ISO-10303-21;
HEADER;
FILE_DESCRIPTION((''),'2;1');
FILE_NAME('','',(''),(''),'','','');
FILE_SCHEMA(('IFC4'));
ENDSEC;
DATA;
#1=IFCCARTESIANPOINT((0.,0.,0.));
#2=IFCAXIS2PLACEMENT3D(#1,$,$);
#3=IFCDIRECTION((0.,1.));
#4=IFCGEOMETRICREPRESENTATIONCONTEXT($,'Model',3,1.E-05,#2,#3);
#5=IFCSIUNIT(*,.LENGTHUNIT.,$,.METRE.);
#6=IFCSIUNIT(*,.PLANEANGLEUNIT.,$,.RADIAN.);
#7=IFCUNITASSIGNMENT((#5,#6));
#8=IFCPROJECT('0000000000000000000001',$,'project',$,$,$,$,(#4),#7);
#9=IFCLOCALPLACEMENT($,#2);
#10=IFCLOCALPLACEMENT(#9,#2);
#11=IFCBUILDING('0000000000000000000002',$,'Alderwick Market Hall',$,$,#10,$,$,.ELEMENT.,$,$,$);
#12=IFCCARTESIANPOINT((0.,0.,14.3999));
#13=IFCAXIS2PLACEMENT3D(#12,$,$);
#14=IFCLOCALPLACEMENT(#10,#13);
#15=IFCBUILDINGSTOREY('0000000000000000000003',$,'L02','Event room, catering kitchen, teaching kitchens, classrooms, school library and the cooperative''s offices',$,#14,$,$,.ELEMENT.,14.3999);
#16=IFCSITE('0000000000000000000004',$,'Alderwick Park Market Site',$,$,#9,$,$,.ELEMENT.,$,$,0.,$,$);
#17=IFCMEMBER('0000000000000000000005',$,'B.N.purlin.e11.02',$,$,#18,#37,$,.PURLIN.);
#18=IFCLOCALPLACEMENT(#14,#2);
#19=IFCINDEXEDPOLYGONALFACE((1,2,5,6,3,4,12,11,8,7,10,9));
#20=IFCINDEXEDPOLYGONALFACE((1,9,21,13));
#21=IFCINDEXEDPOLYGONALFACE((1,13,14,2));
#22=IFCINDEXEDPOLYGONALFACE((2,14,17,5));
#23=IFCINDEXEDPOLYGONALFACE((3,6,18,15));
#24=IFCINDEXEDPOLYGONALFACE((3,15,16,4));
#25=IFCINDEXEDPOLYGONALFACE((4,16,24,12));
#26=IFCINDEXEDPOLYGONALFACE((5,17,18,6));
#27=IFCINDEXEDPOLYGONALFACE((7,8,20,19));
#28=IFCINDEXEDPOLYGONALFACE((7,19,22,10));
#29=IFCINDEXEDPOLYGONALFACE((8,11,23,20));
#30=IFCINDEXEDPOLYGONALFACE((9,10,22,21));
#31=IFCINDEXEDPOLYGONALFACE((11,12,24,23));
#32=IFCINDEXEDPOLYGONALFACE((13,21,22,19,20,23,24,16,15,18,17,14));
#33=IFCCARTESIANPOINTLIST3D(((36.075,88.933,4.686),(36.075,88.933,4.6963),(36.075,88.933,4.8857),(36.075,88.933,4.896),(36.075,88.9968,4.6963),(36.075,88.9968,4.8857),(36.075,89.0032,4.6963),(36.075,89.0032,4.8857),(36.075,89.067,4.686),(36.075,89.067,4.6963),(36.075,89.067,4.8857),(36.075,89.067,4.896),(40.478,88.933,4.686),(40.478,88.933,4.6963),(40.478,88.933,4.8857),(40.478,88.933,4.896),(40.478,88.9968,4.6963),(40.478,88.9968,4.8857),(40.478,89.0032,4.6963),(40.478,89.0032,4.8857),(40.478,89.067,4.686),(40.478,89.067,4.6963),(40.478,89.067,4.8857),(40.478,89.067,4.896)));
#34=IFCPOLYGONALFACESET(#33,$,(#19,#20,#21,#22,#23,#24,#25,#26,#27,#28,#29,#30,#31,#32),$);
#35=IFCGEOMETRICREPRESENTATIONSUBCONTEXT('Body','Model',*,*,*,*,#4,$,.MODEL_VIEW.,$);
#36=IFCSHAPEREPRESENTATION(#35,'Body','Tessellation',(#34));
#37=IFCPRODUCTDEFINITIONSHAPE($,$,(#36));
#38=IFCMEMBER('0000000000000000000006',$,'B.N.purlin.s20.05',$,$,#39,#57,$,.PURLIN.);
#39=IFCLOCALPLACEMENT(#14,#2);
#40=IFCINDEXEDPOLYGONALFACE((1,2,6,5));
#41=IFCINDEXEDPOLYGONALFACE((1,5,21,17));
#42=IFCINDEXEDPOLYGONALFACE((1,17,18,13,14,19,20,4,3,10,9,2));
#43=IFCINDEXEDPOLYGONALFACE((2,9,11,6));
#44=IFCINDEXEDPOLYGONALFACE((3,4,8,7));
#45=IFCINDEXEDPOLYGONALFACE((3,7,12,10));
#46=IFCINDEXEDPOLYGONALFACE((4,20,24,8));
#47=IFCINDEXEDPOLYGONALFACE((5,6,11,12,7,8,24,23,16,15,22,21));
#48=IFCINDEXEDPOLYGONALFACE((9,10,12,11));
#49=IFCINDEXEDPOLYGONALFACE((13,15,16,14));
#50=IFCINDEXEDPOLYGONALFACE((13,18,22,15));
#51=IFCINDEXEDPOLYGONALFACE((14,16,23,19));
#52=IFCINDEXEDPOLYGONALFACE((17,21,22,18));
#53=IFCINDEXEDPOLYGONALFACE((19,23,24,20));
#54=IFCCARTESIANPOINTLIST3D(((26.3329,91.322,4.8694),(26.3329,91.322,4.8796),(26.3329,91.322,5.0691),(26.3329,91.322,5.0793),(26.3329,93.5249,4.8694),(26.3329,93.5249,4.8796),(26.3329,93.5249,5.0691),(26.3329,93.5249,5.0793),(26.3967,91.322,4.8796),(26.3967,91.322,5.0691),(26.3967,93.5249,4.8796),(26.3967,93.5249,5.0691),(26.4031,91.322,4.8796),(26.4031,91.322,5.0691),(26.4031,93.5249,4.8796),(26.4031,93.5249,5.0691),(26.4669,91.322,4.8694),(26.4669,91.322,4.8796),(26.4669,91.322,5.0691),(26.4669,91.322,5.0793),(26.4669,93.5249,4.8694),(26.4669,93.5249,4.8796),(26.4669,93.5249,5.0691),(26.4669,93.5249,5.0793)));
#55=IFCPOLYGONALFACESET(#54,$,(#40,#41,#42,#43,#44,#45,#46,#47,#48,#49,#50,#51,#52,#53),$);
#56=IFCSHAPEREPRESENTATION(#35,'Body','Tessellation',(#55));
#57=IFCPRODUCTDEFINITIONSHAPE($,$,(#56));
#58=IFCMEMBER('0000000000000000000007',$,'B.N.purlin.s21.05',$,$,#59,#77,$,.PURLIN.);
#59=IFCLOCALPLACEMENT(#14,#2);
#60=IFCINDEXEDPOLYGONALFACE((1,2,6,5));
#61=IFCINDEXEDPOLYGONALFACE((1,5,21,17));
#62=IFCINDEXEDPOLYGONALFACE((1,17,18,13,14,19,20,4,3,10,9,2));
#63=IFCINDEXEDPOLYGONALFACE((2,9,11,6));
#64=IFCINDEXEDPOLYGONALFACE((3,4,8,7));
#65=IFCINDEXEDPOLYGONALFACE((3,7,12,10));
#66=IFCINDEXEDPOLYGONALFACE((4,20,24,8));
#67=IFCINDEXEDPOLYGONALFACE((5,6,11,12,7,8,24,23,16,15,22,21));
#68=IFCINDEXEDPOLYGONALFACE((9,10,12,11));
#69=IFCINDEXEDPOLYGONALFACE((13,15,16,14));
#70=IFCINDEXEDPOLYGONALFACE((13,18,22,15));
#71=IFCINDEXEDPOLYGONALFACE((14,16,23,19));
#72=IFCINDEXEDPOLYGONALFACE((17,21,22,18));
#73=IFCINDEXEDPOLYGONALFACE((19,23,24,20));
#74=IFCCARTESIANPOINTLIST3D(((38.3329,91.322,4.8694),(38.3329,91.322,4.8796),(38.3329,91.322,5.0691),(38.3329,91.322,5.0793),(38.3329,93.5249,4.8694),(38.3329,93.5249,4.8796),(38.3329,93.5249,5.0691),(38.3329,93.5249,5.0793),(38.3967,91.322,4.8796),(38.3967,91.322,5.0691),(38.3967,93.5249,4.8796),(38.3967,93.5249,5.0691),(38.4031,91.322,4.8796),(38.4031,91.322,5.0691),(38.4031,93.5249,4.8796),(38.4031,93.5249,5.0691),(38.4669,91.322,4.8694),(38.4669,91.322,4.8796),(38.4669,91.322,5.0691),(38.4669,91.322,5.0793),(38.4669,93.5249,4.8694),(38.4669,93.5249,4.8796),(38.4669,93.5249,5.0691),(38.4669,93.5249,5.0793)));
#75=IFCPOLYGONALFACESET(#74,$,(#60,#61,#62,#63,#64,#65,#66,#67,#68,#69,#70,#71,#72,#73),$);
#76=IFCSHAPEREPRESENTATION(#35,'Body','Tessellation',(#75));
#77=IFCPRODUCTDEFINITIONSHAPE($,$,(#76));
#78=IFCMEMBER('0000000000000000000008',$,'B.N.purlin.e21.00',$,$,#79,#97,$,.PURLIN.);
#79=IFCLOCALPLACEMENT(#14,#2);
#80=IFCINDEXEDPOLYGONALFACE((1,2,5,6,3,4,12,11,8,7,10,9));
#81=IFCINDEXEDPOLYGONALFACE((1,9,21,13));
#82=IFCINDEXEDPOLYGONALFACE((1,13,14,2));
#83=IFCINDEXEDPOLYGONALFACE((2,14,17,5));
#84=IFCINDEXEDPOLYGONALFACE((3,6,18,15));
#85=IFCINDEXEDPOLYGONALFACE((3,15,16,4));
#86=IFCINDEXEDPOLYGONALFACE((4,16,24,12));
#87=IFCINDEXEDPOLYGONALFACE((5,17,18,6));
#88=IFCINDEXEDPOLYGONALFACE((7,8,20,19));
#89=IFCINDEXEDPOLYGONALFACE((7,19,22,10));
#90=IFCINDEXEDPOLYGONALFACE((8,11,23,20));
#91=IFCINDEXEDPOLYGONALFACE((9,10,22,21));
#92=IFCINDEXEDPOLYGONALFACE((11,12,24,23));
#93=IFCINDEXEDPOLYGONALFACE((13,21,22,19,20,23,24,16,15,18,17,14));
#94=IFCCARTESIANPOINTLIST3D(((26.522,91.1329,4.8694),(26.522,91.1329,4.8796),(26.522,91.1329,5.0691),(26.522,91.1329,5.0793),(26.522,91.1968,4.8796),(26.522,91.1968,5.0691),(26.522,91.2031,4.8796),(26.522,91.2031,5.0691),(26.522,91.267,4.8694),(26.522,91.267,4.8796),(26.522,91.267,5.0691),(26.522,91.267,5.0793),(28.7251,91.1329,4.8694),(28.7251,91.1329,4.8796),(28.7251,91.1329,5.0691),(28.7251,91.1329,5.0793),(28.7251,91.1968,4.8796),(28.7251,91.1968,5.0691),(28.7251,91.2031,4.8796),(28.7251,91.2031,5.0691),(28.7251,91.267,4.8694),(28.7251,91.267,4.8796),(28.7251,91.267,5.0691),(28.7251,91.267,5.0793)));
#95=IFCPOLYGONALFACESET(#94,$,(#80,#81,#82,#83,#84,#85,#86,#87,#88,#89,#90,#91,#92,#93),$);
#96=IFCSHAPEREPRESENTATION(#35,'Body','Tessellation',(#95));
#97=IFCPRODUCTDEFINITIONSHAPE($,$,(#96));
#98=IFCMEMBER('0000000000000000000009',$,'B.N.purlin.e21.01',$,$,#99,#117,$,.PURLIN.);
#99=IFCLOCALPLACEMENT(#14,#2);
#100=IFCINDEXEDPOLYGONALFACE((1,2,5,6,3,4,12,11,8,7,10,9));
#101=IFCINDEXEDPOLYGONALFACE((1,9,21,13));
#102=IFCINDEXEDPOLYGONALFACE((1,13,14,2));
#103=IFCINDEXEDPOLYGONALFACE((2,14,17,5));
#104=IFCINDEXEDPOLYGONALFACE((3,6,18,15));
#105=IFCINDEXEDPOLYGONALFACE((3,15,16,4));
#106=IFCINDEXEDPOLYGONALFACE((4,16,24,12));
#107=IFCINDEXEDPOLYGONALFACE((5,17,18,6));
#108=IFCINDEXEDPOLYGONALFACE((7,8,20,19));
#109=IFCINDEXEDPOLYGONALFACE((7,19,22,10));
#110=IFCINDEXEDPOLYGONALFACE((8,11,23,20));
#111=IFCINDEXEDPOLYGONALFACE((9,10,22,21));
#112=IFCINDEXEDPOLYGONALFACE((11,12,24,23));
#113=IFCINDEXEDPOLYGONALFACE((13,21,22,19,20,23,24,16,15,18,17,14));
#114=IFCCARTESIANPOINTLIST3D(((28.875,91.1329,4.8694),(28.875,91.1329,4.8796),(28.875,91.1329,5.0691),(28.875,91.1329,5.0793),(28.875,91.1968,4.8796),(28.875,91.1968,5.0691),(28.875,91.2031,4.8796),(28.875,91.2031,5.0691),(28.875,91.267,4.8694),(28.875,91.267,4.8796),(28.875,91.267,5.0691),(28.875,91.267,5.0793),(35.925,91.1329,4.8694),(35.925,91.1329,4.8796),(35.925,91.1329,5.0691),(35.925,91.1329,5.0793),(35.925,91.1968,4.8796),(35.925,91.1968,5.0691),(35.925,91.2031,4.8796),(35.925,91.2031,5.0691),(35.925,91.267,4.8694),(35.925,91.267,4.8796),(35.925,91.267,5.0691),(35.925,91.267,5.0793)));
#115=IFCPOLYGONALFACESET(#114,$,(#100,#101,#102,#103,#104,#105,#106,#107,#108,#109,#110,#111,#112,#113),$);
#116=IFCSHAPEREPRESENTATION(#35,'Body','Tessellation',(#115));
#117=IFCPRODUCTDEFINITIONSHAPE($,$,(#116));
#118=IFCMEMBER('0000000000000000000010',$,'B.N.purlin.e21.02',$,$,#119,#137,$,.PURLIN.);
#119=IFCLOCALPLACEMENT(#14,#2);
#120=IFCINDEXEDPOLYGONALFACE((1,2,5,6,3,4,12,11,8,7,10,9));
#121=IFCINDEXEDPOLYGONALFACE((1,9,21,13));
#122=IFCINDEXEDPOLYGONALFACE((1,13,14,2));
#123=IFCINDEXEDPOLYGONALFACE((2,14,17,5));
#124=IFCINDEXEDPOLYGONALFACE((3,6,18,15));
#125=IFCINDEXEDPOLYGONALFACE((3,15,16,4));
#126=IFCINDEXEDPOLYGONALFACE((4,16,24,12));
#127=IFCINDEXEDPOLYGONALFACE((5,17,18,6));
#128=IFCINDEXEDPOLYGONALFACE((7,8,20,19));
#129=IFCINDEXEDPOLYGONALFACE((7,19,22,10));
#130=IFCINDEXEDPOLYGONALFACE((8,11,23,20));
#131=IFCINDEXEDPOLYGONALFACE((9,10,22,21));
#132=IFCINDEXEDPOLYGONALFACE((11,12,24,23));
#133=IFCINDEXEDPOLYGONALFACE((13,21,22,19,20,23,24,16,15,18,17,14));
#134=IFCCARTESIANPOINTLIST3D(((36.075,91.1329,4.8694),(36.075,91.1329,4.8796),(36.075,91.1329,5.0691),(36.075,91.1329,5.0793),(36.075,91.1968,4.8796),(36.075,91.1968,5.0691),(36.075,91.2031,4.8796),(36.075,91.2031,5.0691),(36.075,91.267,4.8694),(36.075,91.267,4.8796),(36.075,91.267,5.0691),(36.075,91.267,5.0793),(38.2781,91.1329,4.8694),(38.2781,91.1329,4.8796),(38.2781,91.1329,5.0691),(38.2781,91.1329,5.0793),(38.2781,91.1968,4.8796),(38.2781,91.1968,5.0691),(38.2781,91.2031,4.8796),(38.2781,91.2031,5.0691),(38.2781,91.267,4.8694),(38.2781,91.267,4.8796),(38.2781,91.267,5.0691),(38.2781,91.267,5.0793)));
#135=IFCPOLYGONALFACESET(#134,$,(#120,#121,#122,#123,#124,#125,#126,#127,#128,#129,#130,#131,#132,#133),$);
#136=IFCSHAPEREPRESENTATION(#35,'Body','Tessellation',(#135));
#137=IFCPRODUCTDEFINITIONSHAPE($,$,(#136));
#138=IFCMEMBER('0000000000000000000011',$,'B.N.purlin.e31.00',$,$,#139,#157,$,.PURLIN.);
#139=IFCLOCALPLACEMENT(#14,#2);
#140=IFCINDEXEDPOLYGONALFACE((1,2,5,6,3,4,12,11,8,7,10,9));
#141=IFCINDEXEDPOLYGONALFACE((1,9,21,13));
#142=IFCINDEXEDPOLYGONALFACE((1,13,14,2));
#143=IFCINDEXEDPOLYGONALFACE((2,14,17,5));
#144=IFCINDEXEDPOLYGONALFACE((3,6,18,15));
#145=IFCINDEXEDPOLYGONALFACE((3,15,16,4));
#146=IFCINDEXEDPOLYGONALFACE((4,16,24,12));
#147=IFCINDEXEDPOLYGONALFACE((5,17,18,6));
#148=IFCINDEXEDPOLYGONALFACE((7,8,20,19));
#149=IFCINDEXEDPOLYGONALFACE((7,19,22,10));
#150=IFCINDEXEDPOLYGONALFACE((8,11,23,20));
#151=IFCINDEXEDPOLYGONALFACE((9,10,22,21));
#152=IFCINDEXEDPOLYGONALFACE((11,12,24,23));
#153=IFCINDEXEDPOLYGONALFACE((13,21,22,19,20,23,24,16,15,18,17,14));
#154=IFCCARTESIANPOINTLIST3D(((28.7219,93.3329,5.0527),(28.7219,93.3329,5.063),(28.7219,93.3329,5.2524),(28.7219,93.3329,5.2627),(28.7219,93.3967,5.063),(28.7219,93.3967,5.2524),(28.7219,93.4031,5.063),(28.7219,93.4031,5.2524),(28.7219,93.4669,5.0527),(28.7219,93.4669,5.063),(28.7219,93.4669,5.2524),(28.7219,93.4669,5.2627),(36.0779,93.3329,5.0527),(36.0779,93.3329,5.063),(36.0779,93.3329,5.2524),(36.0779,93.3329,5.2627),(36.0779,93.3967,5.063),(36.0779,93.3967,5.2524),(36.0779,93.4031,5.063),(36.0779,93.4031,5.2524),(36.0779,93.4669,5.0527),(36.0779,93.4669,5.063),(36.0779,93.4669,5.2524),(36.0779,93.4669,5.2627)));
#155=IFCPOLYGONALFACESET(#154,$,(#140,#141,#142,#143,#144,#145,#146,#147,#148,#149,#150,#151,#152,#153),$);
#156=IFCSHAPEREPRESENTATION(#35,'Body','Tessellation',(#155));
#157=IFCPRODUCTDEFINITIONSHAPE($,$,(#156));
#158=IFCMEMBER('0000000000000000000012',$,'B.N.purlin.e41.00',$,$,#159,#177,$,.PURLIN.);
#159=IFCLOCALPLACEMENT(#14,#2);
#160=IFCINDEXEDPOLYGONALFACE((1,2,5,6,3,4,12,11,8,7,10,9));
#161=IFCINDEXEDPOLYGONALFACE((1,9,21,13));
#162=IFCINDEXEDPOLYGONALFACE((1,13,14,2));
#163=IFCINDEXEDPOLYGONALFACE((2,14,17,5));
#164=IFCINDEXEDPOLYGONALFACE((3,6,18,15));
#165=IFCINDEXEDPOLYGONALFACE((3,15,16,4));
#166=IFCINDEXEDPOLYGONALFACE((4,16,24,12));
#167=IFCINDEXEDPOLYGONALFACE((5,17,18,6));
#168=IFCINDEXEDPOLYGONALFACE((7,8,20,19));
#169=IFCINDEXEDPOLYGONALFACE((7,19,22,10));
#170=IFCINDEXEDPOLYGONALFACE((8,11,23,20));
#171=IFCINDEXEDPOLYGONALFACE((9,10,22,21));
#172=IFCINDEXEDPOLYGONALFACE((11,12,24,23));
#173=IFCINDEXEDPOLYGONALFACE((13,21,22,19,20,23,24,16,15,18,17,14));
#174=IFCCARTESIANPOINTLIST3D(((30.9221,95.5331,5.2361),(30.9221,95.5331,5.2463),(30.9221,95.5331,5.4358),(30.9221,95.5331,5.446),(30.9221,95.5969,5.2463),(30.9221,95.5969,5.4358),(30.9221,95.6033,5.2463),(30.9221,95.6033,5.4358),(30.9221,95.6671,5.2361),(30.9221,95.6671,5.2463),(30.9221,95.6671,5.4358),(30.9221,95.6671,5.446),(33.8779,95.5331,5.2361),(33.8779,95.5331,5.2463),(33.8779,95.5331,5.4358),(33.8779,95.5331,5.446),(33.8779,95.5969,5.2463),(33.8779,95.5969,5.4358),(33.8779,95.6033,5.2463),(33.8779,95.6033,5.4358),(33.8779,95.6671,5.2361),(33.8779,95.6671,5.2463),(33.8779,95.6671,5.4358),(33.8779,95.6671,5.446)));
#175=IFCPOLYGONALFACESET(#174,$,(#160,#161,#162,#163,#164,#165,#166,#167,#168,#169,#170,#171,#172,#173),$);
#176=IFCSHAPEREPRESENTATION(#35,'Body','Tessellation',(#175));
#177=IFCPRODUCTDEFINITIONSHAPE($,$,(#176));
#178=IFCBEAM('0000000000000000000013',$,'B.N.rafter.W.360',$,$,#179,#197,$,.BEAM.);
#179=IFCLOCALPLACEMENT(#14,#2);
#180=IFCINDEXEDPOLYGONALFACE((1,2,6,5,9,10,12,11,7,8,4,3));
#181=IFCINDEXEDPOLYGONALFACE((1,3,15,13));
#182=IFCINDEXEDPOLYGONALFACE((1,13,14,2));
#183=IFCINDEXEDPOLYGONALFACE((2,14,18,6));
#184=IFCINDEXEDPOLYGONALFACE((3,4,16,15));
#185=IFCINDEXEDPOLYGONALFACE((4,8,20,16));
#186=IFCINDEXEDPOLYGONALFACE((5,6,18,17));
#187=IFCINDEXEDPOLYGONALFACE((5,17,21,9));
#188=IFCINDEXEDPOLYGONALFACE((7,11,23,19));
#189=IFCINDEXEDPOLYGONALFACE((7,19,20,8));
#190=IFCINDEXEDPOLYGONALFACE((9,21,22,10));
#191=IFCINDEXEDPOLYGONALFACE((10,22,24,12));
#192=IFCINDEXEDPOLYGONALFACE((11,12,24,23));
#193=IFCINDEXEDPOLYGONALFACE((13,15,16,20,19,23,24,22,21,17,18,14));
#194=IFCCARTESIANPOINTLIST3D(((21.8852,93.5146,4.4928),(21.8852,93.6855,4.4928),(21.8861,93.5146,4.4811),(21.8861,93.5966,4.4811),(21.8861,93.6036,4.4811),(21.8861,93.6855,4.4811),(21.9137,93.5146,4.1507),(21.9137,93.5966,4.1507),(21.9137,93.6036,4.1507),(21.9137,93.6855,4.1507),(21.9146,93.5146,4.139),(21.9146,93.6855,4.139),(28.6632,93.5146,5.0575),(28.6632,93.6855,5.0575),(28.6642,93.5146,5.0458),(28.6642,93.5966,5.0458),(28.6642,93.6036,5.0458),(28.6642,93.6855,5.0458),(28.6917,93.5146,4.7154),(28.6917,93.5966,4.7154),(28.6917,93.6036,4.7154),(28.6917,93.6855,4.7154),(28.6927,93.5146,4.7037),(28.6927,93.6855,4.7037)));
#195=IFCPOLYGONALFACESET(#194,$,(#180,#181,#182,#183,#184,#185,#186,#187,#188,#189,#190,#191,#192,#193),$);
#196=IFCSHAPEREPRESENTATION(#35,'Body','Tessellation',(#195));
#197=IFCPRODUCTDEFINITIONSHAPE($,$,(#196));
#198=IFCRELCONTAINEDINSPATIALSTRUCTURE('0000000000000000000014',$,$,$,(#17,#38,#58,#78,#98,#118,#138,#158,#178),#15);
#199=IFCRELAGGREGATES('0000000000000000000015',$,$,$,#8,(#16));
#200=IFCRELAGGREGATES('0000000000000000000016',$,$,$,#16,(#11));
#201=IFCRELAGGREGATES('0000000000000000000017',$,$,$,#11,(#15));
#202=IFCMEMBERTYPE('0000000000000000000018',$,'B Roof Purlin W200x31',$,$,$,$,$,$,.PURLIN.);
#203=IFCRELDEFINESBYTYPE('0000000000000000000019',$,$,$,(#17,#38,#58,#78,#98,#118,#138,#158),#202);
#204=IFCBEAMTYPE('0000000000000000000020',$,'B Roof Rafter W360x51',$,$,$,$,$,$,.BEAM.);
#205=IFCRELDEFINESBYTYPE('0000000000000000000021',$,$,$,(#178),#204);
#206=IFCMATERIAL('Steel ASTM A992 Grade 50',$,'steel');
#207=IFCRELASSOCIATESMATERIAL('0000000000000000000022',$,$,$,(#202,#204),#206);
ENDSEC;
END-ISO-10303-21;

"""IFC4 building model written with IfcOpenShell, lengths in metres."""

from ifc_helpers import new_model, si_unit, direction, frame, origin, origin_2d, place, context, subcontext, project, spatial, i_section, extrude, material, material_profile, profile_set, type_object, element, save


model = new_model("IFC4")

# Units and contexts
model_context = context("Model", 3, precision=1e-05, world=origin(), true_north=direction((0.0, 1.0)))
body_context = subcontext(model_context, "Body", "Model", "MODEL_VIEW")
ifc_project = project(units=[si_unit("LENGTHUNIT", "METRE"), si_unit("PLANEANGLEUNIT", "RADIAN")], contexts=[model_context])

# Site, building, storey
site_placement = place(None, origin())
site = spatial("IfcSite", under=ifc_project, at=site_placement, Name="Alderwick Park Market Site", CompositionType="ELEMENT", RefElevation=0.0)
building_placement = place(site_placement, origin())
building = spatial("IfcBuilding", under=site, at=building_placement, Name="Alderwick Market Hall", CompositionType="ELEMENT")
storey_placement = place(building_placement, frame((0.0, 0.0, 14.3999)))
storey = spatial("IfcBuildingStorey", under=building, at=storey_placement, Name="L02", Description="Event room, catering kitchen, teaching kitchens, classrooms, school library and the cooperative's offices", CompositionType="ELEMENT", Elevation=14.3999)

# Members
ifc_material_1 = material(Name="Steel ASTM A992 Grade 50", Category="steel")
ifc_material_profile_1 = material_profile(ifc_material_1, i_section(OverallWidth=0.134, OverallDepth=0.21, WebThickness=0.0063, FlangeThickness=0.0103, at=origin_2d()), Name="W200x31")
ifc_profile_set_1 = profile_set([ifc_material_profile_1], Name="Steel ASTM A992 Grade 50")
member_type = type_object("IfcMemberType", Name="B Roof Purlin W200x31", PredefinedType="PURLIN", material=ifc_profile_set_1)
member_1_placement = place(storey_placement, frame((36.075, 89.0, 4.791), z_axis=(1.0, 0.0, 0.0), x_axis=(0.0, 1.0, 0.0)))
element("IfcMember", 1, at=member_1_placement, inside=storey, type_object=member_type, Name="B.N.purlin.e11.02", PredefinedType="PURLIN", context=body_context, shape_type="SweptSolid", body=[
    extrude(i_section(OverallWidth=0.134, OverallDepth=0.21, WebThickness=0.0063, FlangeThickness=0.0103, at=origin_2d()), origin(), (0.0, 0.0, 1.0), 4.4031),
])
for number, where, z_axis, x_axis, name in (
    (2, (26.3999, 93.5249, 4.9744), (0.0, -1.0, 0.0), (1.0, 0.0, 0.0), "B.N.purlin.s20.05"),
    (3, (38.3999, 93.5249, 4.9744), (0.0, -1.0, 0.0), (1.0, 0.0, 0.0), "B.N.purlin.s21.05"),
):
    element("IfcMember", number, at=place(storey_placement, frame(where, z_axis=z_axis, x_axis=x_axis)), inside=storey, type_object=member_type, Name=name, PredefinedType="PURLIN", context=body_context, shape_type="SweptSolid", body=[
        extrude(i_section(OverallWidth=0.134, OverallDepth=0.21, WebThickness=0.0063, FlangeThickness=0.0103, at=origin_2d()), origin(), (0.0, 0.0, 1.0), 2.2029),
    ])
member_2_placement = place(storey_placement, frame((26.522, 91.2, 4.9744), z_axis=(1.0, 0.0, 0.0), x_axis=(0.0, 1.0, 0.0)))
element("IfcMember", 4, at=member_2_placement, inside=storey, type_object=member_type, Name="B.N.purlin.e21.00", PredefinedType="PURLIN", context=body_context, shape_type="SweptSolid", body=[
    extrude(i_section(OverallWidth=0.134, OverallDepth=0.21, WebThickness=0.0063, FlangeThickness=0.0103, at=origin_2d()), origin(), (0.0, 0.0, 1.0), 2.2031),
])
member_3_placement = place(storey_placement, frame((28.875, 91.2, 4.9744), z_axis=(1.0, 0.0, 0.0), x_axis=(0.0, 1.0, 0.0)))
element("IfcMember", 5, at=member_3_placement, inside=storey, type_object=member_type, Name="B.N.purlin.e21.01", PredefinedType="PURLIN", context=body_context, shape_type="SweptSolid", body=[
    extrude(i_section(OverallWidth=0.134, OverallDepth=0.21, WebThickness=0.0063, FlangeThickness=0.0103, at=origin_2d()), origin(), (0.0, 0.0, 1.0), 7.05),
])
member_4_placement = place(storey_placement, frame((36.075, 91.2, 4.9744), z_axis=(1.0, 0.0, 0.0), x_axis=(0.0, 1.0, 0.0)))
element("IfcMember", 6, at=member_4_placement, inside=storey, type_object=member_type, Name="B.N.purlin.e21.02", PredefinedType="PURLIN", context=body_context, shape_type="SweptSolid", body=[
    extrude(i_section(OverallWidth=0.134, OverallDepth=0.21, WebThickness=0.0063, FlangeThickness=0.0103, at=origin_2d()), origin(), (0.0, 0.0, 1.0), 2.2031),
])
member_5_placement = place(storey_placement, frame((28.7219, 93.3999, 5.1577), z_axis=(1.0, 0.0, 0.0), x_axis=(0.0, 1.0, 0.0)))
element("IfcMember", 7, at=member_5_placement, inside=storey, type_object=member_type, Name="B.N.purlin.e31.00", PredefinedType="PURLIN", context=body_context, shape_type="SweptSolid", body=[
    extrude(i_section(OverallWidth=0.134, OverallDepth=0.21, WebThickness=0.0063, FlangeThickness=0.0103, at=origin_2d()), origin(), (0.0, 0.0, 1.0), 7.356),
])
member_6_placement = place(storey_placement, frame((30.9221, 95.6001, 5.3411), z_axis=(1.0, 0.0, 0.0), x_axis=(0.0, 1.0, 0.0)))
element("IfcMember", 8, at=member_6_placement, inside=storey, type_object=member_type, Name="B.N.purlin.e41.00", PredefinedType="PURLIN", context=body_context, shape_type="SweptSolid", body=[
    extrude(i_section(OverallWidth=0.134, OverallDepth=0.21, WebThickness=0.0063, FlangeThickness=0.0103, at=origin_2d()), origin(), (0.0, 0.0, 1.0), 2.9558),
])

# Beam
ifc_material_profile_2 = material_profile(ifc_material_1, i_section(OverallWidth=0.1709, OverallDepth=0.355, WebThickness=0.0071, FlangeThickness=0.0117, at=origin_2d()), Name="W360x51")
ifc_profile_set_2 = profile_set([ifc_material_profile_2], Name="Steel ASTM A992 Grade 50")
beam_type_1 = type_object("IfcBeamType", Name="B Roof Rafter W360x51", PredefinedType="BEAM", material=ifc_profile_set_2)
beam_1_placement = place(storey_placement, frame((21.8999, 93.6001, 4.3159), z_axis=(0.996547, 0.0, 0.083025), x_axis=(0.0, 1.0, 0.0)))
element("IfcBeam", 9, at=beam_1_placement, inside=storey, type_object=beam_type_1, Name="B.N.rafter.W.360", PredefinedType="BEAM", context=body_context, shape_type="SweptSolid", body=[
    extrude(i_section(OverallWidth=0.1709, OverallDepth=0.355, WebThickness=0.0071, FlangeThickness=0.0117, at=origin_2d()), origin(), (0.0, 0.0, 1.0), 6.8015),
])

save(model, "model.ifc")
